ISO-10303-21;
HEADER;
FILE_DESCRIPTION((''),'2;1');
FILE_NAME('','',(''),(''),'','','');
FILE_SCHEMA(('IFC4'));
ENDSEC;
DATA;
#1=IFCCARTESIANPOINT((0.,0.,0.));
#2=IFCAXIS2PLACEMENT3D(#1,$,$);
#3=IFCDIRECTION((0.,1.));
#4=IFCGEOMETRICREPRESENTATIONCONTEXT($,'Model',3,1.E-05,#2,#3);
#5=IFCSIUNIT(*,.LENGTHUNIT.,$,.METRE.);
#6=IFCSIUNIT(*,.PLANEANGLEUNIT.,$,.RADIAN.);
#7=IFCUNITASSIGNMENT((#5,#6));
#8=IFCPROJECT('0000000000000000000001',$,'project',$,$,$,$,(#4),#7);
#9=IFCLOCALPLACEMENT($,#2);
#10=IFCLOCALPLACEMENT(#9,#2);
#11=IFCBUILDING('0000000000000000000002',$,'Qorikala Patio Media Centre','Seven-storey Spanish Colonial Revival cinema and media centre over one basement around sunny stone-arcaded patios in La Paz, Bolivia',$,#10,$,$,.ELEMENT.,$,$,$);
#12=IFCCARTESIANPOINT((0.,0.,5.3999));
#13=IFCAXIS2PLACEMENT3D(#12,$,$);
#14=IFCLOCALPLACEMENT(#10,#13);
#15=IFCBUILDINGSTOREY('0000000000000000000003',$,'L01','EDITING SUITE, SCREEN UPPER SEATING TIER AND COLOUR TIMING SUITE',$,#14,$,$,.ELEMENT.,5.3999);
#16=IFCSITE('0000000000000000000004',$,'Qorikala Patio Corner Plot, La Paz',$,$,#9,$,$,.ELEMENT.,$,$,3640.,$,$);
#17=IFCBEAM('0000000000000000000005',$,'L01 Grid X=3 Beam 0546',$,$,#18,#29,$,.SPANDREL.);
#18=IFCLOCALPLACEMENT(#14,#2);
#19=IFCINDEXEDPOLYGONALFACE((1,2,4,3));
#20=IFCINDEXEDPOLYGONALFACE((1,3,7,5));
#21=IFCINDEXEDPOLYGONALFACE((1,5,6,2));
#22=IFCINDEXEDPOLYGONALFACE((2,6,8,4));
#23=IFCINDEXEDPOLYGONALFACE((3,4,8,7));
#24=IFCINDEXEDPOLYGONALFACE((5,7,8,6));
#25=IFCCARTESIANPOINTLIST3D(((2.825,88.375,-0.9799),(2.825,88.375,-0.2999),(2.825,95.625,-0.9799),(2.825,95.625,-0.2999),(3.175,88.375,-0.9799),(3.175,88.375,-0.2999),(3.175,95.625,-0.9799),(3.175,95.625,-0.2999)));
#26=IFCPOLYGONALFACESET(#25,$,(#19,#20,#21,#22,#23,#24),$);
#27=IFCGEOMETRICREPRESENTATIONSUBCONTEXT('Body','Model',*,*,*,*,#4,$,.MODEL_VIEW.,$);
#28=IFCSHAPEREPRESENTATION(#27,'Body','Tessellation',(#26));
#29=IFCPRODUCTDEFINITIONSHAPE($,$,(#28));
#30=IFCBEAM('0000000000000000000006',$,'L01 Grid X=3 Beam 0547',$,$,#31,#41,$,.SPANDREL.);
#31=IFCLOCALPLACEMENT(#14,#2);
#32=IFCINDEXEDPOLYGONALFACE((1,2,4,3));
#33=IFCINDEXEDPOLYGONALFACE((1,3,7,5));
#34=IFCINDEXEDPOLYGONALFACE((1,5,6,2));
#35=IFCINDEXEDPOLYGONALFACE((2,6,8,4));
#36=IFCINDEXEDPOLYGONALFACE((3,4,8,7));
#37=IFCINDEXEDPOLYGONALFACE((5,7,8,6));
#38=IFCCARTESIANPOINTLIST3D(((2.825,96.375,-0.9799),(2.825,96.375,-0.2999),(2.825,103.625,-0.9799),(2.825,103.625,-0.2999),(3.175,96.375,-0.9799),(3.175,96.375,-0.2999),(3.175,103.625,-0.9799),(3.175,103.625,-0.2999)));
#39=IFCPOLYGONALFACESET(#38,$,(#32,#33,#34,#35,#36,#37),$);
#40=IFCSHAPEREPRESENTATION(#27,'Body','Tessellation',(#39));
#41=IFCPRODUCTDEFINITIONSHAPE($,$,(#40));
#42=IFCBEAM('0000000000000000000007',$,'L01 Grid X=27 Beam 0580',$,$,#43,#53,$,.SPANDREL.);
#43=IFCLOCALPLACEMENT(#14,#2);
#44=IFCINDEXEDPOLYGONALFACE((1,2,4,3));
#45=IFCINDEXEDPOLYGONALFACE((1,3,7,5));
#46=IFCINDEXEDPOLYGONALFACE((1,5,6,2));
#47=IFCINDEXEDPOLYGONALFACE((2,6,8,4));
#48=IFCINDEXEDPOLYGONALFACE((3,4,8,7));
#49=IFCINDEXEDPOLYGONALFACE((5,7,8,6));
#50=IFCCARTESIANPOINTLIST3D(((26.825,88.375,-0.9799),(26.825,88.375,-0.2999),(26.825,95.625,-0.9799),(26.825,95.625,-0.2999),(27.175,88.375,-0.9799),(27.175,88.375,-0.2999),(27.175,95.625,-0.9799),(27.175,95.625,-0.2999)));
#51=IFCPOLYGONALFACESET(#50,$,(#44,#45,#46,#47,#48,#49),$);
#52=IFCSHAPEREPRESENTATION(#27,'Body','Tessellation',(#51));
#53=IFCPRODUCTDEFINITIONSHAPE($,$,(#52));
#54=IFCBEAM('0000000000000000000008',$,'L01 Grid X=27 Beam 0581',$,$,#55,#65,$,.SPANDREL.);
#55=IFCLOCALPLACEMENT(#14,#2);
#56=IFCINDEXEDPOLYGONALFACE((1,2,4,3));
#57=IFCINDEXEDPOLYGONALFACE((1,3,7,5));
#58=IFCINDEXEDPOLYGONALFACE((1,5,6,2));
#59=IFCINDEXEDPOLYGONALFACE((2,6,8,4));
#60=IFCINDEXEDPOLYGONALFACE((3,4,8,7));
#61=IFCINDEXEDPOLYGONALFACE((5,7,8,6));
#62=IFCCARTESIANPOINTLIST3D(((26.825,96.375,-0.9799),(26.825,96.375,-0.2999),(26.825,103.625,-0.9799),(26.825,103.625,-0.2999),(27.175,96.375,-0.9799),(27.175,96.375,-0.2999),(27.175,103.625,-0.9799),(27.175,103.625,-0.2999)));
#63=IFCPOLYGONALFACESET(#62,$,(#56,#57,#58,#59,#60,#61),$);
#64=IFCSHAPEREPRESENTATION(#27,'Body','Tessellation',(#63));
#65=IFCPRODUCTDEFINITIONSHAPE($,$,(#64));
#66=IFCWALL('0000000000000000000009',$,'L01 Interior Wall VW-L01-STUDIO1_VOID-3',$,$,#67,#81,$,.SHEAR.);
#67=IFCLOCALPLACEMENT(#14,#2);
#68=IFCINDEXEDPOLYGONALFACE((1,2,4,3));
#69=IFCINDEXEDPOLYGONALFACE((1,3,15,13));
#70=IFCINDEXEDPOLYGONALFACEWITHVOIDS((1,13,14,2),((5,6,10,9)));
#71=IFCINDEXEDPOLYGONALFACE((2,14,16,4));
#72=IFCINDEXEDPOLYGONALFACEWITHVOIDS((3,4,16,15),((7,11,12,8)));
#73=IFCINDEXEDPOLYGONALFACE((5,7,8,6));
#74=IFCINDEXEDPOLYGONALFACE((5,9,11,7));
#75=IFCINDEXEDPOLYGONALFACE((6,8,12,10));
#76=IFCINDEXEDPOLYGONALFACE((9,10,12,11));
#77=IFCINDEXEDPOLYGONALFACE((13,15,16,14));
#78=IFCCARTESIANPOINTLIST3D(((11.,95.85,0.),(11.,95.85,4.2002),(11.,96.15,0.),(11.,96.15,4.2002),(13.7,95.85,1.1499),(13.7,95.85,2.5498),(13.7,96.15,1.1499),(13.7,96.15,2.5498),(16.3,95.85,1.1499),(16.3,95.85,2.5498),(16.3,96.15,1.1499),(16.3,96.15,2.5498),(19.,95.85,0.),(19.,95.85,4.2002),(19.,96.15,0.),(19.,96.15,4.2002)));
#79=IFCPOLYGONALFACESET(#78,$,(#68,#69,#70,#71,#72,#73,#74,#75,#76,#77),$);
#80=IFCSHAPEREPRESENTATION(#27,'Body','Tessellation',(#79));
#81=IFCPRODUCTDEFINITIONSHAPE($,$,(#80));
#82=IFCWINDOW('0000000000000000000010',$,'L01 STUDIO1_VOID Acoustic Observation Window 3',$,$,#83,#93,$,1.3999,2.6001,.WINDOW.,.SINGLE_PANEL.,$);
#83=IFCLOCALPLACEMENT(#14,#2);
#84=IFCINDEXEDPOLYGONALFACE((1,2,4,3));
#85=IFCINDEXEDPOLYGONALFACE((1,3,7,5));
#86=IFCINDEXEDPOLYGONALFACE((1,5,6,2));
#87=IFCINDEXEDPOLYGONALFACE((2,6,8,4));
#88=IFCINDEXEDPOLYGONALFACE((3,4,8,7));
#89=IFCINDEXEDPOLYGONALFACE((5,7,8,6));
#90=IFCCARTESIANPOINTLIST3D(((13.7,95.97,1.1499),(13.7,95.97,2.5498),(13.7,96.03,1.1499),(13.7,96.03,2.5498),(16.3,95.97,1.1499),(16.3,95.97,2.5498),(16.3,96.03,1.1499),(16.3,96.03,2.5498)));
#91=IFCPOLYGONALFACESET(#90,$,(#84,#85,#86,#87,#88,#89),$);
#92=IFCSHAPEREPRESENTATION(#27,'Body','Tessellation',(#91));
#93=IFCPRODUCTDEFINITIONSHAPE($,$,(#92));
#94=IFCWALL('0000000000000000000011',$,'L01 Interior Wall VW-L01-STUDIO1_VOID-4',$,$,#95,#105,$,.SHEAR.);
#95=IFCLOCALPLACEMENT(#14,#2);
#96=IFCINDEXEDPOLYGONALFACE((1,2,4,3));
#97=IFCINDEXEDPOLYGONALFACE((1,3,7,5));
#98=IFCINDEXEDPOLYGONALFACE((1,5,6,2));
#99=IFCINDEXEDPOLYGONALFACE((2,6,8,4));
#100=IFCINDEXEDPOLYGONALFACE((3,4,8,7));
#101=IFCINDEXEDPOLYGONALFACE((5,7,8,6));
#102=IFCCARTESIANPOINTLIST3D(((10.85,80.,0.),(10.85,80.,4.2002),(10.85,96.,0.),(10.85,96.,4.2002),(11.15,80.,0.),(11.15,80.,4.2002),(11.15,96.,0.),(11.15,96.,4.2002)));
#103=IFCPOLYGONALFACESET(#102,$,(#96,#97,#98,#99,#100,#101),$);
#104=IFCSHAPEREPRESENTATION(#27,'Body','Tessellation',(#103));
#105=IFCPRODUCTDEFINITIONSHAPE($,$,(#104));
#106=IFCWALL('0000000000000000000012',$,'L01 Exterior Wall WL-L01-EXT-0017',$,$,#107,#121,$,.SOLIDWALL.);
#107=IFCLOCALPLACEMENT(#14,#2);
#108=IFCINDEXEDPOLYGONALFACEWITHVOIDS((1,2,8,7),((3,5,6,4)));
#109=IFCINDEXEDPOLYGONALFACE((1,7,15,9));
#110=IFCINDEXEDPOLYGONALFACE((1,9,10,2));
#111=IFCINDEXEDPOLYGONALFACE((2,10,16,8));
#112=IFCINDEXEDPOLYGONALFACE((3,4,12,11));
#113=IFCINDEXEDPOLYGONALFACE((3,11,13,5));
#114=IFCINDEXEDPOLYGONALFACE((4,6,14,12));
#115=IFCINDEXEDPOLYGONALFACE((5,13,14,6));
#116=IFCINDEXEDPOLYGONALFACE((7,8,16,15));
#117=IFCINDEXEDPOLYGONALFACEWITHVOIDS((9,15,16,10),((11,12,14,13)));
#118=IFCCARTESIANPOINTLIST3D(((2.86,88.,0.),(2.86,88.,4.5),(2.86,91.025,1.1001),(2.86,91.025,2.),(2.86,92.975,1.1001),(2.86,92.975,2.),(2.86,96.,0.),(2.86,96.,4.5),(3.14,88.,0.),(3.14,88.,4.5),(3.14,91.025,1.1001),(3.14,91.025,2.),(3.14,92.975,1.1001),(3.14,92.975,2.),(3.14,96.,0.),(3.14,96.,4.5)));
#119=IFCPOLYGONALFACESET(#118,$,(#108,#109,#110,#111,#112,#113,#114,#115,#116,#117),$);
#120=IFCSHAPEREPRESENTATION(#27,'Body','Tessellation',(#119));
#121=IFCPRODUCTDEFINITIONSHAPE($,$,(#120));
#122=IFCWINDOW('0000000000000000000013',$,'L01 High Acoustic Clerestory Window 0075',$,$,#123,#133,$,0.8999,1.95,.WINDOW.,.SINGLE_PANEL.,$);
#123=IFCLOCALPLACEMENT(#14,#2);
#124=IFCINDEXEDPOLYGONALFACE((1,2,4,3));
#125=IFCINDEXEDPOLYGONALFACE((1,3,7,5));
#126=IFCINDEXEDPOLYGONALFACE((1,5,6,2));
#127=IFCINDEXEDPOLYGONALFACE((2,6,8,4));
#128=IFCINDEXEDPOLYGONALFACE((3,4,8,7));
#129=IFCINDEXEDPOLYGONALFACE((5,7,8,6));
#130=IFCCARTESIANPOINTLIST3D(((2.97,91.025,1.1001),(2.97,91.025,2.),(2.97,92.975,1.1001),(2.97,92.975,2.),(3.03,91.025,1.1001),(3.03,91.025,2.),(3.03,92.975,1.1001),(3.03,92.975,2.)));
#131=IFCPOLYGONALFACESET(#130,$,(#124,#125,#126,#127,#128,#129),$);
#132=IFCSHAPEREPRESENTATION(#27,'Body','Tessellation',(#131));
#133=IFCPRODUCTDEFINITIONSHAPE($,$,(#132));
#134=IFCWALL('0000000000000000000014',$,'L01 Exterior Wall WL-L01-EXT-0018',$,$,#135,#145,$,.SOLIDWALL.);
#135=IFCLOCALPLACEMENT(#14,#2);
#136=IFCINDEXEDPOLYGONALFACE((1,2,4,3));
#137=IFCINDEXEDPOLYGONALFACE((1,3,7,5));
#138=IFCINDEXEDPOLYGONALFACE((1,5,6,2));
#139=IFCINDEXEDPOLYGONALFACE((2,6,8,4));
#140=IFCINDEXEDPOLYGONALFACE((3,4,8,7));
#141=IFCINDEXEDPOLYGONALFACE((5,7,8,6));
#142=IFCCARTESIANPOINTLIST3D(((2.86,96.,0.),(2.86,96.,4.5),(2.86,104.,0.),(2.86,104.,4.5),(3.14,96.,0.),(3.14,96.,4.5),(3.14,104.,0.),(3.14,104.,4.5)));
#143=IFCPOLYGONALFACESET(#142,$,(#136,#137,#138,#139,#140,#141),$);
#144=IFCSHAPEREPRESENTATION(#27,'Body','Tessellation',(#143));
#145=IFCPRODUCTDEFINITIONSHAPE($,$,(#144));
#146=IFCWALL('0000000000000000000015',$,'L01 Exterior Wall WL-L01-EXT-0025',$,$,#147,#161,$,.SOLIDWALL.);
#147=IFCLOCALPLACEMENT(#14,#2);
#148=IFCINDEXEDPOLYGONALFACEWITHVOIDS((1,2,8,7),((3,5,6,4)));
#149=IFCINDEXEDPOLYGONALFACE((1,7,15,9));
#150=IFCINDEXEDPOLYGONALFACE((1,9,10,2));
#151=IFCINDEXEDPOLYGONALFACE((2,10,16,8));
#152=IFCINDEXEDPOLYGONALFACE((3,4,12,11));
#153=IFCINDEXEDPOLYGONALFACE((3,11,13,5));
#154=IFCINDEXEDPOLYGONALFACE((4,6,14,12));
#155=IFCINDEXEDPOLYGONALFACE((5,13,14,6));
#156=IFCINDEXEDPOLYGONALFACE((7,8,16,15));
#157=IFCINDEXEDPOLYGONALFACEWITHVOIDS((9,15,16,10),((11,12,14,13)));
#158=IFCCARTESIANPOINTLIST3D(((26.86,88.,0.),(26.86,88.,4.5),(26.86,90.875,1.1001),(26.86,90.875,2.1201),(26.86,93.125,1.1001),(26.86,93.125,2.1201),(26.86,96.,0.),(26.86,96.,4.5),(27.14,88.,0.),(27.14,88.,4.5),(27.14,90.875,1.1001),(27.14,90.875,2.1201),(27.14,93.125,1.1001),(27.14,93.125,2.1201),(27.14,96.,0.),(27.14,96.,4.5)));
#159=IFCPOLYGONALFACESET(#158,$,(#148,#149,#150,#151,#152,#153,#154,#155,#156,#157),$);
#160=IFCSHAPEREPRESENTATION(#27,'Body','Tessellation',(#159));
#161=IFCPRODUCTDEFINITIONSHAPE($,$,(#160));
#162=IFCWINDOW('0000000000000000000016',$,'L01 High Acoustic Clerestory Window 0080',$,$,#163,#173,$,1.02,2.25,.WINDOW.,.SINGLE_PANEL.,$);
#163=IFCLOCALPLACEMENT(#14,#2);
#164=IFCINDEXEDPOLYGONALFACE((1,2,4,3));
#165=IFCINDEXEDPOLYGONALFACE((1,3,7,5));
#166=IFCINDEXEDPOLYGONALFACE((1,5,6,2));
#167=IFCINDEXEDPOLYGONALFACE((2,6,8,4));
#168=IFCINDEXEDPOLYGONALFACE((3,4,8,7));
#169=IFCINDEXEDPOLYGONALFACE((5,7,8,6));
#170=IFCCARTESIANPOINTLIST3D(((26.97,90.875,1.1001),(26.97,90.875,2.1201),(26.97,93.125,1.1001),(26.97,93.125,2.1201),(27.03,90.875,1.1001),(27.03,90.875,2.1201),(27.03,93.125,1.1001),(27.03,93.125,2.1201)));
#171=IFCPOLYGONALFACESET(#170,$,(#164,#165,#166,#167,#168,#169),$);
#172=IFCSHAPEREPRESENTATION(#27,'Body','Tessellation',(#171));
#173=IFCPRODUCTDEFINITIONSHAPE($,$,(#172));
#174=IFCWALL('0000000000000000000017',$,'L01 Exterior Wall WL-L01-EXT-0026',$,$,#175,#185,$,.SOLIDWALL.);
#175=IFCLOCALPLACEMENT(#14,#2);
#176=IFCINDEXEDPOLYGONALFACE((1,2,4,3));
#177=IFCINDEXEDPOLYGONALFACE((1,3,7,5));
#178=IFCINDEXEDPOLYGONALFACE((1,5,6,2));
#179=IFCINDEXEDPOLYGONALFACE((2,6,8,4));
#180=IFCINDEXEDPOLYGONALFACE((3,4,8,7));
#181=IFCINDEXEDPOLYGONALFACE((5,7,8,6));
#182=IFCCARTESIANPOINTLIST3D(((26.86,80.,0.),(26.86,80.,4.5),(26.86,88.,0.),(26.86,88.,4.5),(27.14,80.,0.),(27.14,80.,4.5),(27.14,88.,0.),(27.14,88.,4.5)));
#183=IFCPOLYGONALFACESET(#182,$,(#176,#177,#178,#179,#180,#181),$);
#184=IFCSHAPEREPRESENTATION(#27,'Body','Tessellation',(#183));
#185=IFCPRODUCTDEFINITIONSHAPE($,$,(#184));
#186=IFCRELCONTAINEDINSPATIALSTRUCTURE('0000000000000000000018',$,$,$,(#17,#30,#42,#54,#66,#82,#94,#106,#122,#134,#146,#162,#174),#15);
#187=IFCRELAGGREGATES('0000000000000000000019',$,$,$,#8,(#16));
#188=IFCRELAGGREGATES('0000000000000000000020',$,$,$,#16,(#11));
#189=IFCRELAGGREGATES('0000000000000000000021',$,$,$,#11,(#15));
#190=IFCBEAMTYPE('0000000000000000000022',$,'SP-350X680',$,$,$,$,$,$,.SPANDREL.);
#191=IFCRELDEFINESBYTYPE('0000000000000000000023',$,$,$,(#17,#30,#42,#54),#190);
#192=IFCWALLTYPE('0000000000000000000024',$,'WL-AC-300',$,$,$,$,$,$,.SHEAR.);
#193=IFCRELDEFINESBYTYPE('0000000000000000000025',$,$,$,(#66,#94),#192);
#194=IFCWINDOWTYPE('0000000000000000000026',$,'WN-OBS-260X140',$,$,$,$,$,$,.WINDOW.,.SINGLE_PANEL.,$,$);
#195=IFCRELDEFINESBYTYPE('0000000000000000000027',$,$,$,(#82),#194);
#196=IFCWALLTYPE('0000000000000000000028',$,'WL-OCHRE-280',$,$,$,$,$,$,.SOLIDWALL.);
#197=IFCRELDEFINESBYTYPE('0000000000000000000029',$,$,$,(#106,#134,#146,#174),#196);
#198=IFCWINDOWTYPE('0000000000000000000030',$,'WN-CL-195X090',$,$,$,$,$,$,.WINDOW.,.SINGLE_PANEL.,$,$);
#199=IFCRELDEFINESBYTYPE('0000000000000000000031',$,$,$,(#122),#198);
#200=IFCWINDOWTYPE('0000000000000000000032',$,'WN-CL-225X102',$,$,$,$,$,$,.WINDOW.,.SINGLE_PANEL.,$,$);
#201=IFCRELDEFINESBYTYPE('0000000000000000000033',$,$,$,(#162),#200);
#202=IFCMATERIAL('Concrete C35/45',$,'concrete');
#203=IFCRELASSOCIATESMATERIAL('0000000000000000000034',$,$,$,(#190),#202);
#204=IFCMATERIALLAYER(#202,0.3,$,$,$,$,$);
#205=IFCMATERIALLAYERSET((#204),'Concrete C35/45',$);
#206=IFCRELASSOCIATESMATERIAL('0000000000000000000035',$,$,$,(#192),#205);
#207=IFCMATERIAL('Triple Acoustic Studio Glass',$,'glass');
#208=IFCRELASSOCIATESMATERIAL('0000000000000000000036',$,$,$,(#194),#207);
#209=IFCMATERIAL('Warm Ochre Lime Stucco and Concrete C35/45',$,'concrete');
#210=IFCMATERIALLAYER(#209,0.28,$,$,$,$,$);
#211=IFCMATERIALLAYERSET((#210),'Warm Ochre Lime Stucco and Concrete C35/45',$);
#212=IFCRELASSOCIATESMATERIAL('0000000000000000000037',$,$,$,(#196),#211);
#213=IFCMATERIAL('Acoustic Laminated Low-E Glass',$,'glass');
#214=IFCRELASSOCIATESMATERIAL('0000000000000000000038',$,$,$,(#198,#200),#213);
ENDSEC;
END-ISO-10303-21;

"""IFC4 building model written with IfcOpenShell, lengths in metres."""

from ifc_helpers import new_model, si_unit, direction, frame, frame_2d, origin, origin_2d, place, context, subcontext, project, spatial, rectangle, extrude, material, layer, layer_set, material_profile, profile_set, type_object, element, fill, save


model = new_model("IFC4")

# Units and contexts
model_context = context("Model", 3, precision=1e-05, world=origin(), true_north=direction((0.0, 1.0)))
body_context = subcontext(model_context, "Body", "Model", "MODEL_VIEW")
ifc_project = project(units=[si_unit("LENGTHUNIT", "METRE"), si_unit("PLANEANGLEUNIT", "RADIAN")], contexts=[model_context])

# Site, building, storey
site_placement = place(None, origin())
site = spatial("IfcSite", under=ifc_project, at=site_placement, Name="Qorikala Patio Corner Plot, La Paz", CompositionType="ELEMENT", RefElevation=3640.0)
building_placement = place(site_placement, origin())
building = spatial("IfcBuilding", under=site, at=building_placement, Name="Qorikala Patio Media Centre", Description="Seven-storey Spanish Colonial Revival cinema and media centre over one basement around sunny stone-arcaded patios in La Paz, Bolivia", CompositionType="ELEMENT")
storey_placement = place(building_placement, frame((0.0, 0.0, 5.3999)))
storey = spatial("IfcBuildingStorey", under=building, at=storey_placement, Name="L01", Description="EDITING SUITE, SCREEN UPPER SEATING TIER AND COLOUR TIMING SUITE", CompositionType="ELEMENT", Elevation=5.3999)

# Shared definitions
ifc_material_1 = material(Name="Concrete C35/45", Category="concrete")

# Beams
ifc_material_profile_1 = material_profile(ifc_material_1, rectangle(XDim=0.3501, YDim=0.6799, at=origin_2d()), Name="RC 350x680")
ifc_profile_set_1 = profile_set([ifc_material_profile_1], Name="Concrete C35/45")
beam_type_1 = type_object("IfcBeamType", Name="SP-350X680", PredefinedType="SPANDREL", material=ifc_profile_set_1)
for number, where, z_axis, x_axis, name in (
    (1, (3.0, 88.375, -0.6399), (0.0, 1.0, 0.0), (-1.0, 0.0, 0.0), "L01 Grid X=3 Beam 0546"),
    (2, (3.0, 96.375, -0.6399), (0.0, 1.0, 0.0), (-1.0, 0.0, 0.0), "L01 Grid X=3 Beam 0547"),
    (3, (27.0, 88.375, -0.6399), (0.0, 1.0, 0.0), (-1.0, 0.0, 0.0), "L01 Grid X=27 Beam 0580"),
    (4, (27.0, 96.375, -0.6399), (0.0, 1.0, 0.0), (-1.0, 0.0, 0.0), "L01 Grid X=27 Beam 0581"),
):
    element("IfcBeam", number, at=place(storey_placement, frame(where, z_axis=z_axis, x_axis=x_axis)), inside=storey, type_object=beam_type_1, Name=name, PredefinedType="SPANDREL", context=body_context, shape_type="SweptSolid", body=[
        extrude(rectangle(XDim=0.3501, YDim=0.6799, at=origin_2d()), origin(), (0.0, 0.0, 1.0), 7.25),
    ])

# Wall, opening, window
ifc_layer_1 = layer(ifc_material_1, 0.3)
ifc_layer_set_1 = layer_set([ifc_layer_1], Name="Concrete C35/45")
wall_type_1 = type_object("IfcWallType", Name="WL-AC-300", PredefinedType="SHEAR", material=ifc_layer_set_1)
wall_1_placement = place(storey_placement, frame((19.0, 96.0, 0.0), z_axis=(0.0, 0.0, 1.0), x_axis=(-1.0, 0.0, 0.0)))
wall_1 = element("IfcWall", 5, at=wall_1_placement, inside=storey, type_object=wall_type_1, Name="L01 Interior Wall VW-L01-STUDIO1_VOID-3", PredefinedType="SHEAR", context=body_context, shape_type="SweptSolid", body=[
    extrude(rectangle(XDim=8.0, YDim=0.3, at=frame_2d((4.0, 0.0))), origin(), (0.0, 0.0, 1.0), 4.2002),
])
opening_1_placement = place(wall_1_placement, frame((2.7, 0.0, 1.1499)))
opening_1 = element("IfcOpeningElement", 6, at=opening_1_placement, cuts=wall_1, PredefinedType="OPENING", context=body_context, shape_type="SweptSolid", body=[
    extrude(rectangle(XDim=2.6001, YDim=1.3999, at=frame_2d((1.3, 0.7))), frame((0.0, 0.1599, 0.0), z_axis=(0.0, -1.0, 0.0), x_axis=(1.0, 0.0, 0.0)), (0.0, 0.0, 1.0), 0.3201),
])
ifc_material_2 = material(Name="Triple Acoustic Studio Glass", Category="glass")
window_type_1 = type_object("IfcWindowType", Name="WN-OBS-260X140", PartitioningType="SINGLE_PANEL", PredefinedType="WINDOW", material=ifc_material_2)
window_1_placement = place(opening_1_placement, origin())
window_1 = element("IfcWindow", 7, at=window_1_placement, inside=storey, type_object=window_type_1, Name="L01 STUDIO1_VOID Acoustic Observation Window 3", OverallHeight=1.3999, OverallWidth=2.6001, PartitioningType="SINGLE_PANEL", PredefinedType="WINDOW", context=body_context, shape_type="SweptSolid", body=[
    extrude(rectangle(XDim=2.6001, YDim=1.3999, at=frame_2d((1.3, 0.7))), frame((0.0, 0.03, 0.0), z_axis=(0.0, -1.0, 0.0), x_axis=(1.0, 0.0, 0.0)), (0.0, 0.0, 1.0), 0.0601),
])
fill(opening_1, window_1)

# Wall
wall_2_placement = place(storey_placement, frame((11.0, 96.0, 0.0), z_axis=(0.0, 0.0, 1.0), x_axis=(0.0, -1.0, 0.0)))
element("IfcWall", 8, at=wall_2_placement, inside=storey, type_object=wall_type_1, Name="L01 Interior Wall VW-L01-STUDIO1_VOID-4", PredefinedType="SHEAR", context=body_context, shape_type="SweptSolid", body=[
    extrude(rectangle(XDim=16.0, YDim=0.3, at=frame_2d((8.0, 0.0))), origin(), (0.0, 0.0, 1.0), 4.2002),
])

# Wall, opening, window
ifc_material_3 = material(Name="Warm Ochre Lime Stucco and Concrete C35/45", Category="concrete")
ifc_layer_2 = layer(ifc_material_3, 0.28)
ifc_layer_set_2 = layer_set([ifc_layer_2], Name="Warm Ochre Lime Stucco and Concrete C35/45")
wall_type_2 = type_object("IfcWallType", Name="WL-OCHRE-280", PredefinedType="SOLIDWALL", material=ifc_layer_set_2)
wall_3_placement = place(storey_placement, frame((3.0, 88.0, 0.0), z_axis=(0.0, 0.0, 1.0), x_axis=(0.0, 1.0, 0.0)))
wall_3 = element("IfcWall", 9, at=wall_3_placement, inside=storey, type_object=wall_type_2, Name="L01 Exterior Wall WL-L01-EXT-0017", PredefinedType="SOLIDWALL", context=body_context, shape_type="SweptSolid", body=[
    extrude(rectangle(XDim=8.0, YDim=0.28, at=frame_2d((4.0, 0.0))), origin(), (0.0, 0.0, 1.0), 4.5),
])
opening_2_placement = place(wall_3_placement, frame((3.0249, 0.0, 1.1001)))
opening_2 = element("IfcOpeningElement", 10, at=opening_2_placement, cuts=wall_3, PredefinedType="OPENING", context=body_context, shape_type="SweptSolid", body=[
    extrude(rectangle(XDim=1.95, YDim=0.8999, at=frame_2d((0.9751, 0.45))), frame((0.0, 0.1499, 0.0), z_axis=(0.0, -1.0, 0.0), x_axis=(1.0, 0.0, 0.0)), (0.0, 0.0, 1.0), 0.3),
])
ifc_material_4 = material(Name="Acoustic Laminated Low-E Glass", Category="glass")
window_type_2 = type_object("IfcWindowType", Name="WN-CL-195X090", PartitioningType="SINGLE_PANEL", PredefinedType="WINDOW", material=ifc_material_4)
window_2_placement = place(opening_2_placement, origin())
window_2 = element("IfcWindow", 11, at=window_2_placement, inside=storey, type_object=window_type_2, Name="L01 High Acoustic Clerestory Window 0075", OverallHeight=0.8999, OverallWidth=1.95, PartitioningType="SINGLE_PANEL", PredefinedType="WINDOW", context=body_context, shape_type="SweptSolid", body=[
    extrude(rectangle(XDim=1.95, YDim=0.8999, at=frame_2d((0.9751, 0.45))), frame((0.0, 0.03, 0.0), z_axis=(0.0, -1.0, 0.0), x_axis=(1.0, 0.0, 0.0)), (0.0, 0.0, 1.0), 0.0601),
])
fill(opening_2, window_2)

# Wall
wall_4_placement = place(storey_placement, frame((3.0, 96.0, 0.0), z_axis=(0.0, 0.0, 1.0), x_axis=(0.0, 1.0, 0.0)))
element("IfcWall", 12, at=wall_4_placement, inside=storey, type_object=wall_type_2, Name="L01 Exterior Wall WL-L01-EXT-0018", PredefinedType="SOLIDWALL", context=body_context, shape_type="SweptSolid", body=[
    extrude(rectangle(XDim=8.0, YDim=0.28, at=frame_2d((4.0, 0.0))), origin(), (0.0, 0.0, 1.0), 4.5),
])

# Wall, opening, window
wall_5_placement = place(storey_placement, frame((27.0, 96.0, 0.0), z_axis=(0.0, 0.0, 1.0), x_axis=(0.0, -1.0, 0.0)))
wall_5 = element("IfcWall", 13, at=wall_5_placement, inside=storey, type_object=wall_type_2, Name="L01 Exterior Wall WL-L01-EXT-0025", PredefinedType="SOLIDWALL", context=body_context, shape_type="SweptSolid", body=[
    extrude(rectangle(XDim=8.0, YDim=0.28, at=frame_2d((4.0, 0.0))), origin(), (0.0, 0.0, 1.0), 4.5),
])
opening_3_placement = place(wall_5_placement, frame((2.875, 0.0, 1.1001)))
opening_3 = element("IfcOpeningElement", 14, at=opening_3_placement, cuts=wall_5, PredefinedType="OPENING", context=body_context, shape_type="SweptSolid", body=[
    extrude(rectangle(XDim=2.25, YDim=1.02, at=frame_2d((1.125, 0.51))), frame((0.0, 0.1499, 0.0), z_axis=(0.0, -1.0, 0.0), x_axis=(1.0, 0.0, 0.0)), (0.0, 0.0, 1.0), 0.3),
])
window_type_3 = type_object("IfcWindowType", Name="WN-CL-225X102", PartitioningType="SINGLE_PANEL", PredefinedType="WINDOW", material=ifc_material_4)
window_3_placement = place(opening_3_placement, origin())
window_3 = element("IfcWindow", 15, at=window_3_placement, inside=storey, type_object=window_type_3, Name="L01 High Acoustic Clerestory Window 0080", OverallHeight=1.02, OverallWidth=2.25, PartitioningType="SINGLE_PANEL", PredefinedType="WINDOW", context=body_context, shape_type="SweptSolid", body=[
    extrude(rectangle(XDim=2.25, YDim=1.02, at=frame_2d((1.125, 0.51))), frame((0.0, 0.03, 0.0), z_axis=(0.0, -1.0, 0.0), x_axis=(1.0, 0.0, 0.0)), (0.0, 0.0, 1.0), 0.0601),
])
fill(opening_3, window_3)

# Wall
wall_6_placement = place(storey_placement, frame((27.0, 88.0, 0.0), z_axis=(0.0, 0.0, 1.0), x_axis=(0.0, -1.0, 0.0)))
element("IfcWall", 16, at=wall_6_placement, inside=storey, type_object=wall_type_2, Name="L01 Exterior Wall WL-L01-EXT-0026", PredefinedType="SOLIDWALL", context=body_context, shape_type="SweptSolid", body=[
    extrude(rectangle(XDim=8.0, YDim=0.28, at=frame_2d((4.0, 0.0))), origin(), (0.0, 0.0, 1.0), 4.5),
])

save(model, "model.ifc")
